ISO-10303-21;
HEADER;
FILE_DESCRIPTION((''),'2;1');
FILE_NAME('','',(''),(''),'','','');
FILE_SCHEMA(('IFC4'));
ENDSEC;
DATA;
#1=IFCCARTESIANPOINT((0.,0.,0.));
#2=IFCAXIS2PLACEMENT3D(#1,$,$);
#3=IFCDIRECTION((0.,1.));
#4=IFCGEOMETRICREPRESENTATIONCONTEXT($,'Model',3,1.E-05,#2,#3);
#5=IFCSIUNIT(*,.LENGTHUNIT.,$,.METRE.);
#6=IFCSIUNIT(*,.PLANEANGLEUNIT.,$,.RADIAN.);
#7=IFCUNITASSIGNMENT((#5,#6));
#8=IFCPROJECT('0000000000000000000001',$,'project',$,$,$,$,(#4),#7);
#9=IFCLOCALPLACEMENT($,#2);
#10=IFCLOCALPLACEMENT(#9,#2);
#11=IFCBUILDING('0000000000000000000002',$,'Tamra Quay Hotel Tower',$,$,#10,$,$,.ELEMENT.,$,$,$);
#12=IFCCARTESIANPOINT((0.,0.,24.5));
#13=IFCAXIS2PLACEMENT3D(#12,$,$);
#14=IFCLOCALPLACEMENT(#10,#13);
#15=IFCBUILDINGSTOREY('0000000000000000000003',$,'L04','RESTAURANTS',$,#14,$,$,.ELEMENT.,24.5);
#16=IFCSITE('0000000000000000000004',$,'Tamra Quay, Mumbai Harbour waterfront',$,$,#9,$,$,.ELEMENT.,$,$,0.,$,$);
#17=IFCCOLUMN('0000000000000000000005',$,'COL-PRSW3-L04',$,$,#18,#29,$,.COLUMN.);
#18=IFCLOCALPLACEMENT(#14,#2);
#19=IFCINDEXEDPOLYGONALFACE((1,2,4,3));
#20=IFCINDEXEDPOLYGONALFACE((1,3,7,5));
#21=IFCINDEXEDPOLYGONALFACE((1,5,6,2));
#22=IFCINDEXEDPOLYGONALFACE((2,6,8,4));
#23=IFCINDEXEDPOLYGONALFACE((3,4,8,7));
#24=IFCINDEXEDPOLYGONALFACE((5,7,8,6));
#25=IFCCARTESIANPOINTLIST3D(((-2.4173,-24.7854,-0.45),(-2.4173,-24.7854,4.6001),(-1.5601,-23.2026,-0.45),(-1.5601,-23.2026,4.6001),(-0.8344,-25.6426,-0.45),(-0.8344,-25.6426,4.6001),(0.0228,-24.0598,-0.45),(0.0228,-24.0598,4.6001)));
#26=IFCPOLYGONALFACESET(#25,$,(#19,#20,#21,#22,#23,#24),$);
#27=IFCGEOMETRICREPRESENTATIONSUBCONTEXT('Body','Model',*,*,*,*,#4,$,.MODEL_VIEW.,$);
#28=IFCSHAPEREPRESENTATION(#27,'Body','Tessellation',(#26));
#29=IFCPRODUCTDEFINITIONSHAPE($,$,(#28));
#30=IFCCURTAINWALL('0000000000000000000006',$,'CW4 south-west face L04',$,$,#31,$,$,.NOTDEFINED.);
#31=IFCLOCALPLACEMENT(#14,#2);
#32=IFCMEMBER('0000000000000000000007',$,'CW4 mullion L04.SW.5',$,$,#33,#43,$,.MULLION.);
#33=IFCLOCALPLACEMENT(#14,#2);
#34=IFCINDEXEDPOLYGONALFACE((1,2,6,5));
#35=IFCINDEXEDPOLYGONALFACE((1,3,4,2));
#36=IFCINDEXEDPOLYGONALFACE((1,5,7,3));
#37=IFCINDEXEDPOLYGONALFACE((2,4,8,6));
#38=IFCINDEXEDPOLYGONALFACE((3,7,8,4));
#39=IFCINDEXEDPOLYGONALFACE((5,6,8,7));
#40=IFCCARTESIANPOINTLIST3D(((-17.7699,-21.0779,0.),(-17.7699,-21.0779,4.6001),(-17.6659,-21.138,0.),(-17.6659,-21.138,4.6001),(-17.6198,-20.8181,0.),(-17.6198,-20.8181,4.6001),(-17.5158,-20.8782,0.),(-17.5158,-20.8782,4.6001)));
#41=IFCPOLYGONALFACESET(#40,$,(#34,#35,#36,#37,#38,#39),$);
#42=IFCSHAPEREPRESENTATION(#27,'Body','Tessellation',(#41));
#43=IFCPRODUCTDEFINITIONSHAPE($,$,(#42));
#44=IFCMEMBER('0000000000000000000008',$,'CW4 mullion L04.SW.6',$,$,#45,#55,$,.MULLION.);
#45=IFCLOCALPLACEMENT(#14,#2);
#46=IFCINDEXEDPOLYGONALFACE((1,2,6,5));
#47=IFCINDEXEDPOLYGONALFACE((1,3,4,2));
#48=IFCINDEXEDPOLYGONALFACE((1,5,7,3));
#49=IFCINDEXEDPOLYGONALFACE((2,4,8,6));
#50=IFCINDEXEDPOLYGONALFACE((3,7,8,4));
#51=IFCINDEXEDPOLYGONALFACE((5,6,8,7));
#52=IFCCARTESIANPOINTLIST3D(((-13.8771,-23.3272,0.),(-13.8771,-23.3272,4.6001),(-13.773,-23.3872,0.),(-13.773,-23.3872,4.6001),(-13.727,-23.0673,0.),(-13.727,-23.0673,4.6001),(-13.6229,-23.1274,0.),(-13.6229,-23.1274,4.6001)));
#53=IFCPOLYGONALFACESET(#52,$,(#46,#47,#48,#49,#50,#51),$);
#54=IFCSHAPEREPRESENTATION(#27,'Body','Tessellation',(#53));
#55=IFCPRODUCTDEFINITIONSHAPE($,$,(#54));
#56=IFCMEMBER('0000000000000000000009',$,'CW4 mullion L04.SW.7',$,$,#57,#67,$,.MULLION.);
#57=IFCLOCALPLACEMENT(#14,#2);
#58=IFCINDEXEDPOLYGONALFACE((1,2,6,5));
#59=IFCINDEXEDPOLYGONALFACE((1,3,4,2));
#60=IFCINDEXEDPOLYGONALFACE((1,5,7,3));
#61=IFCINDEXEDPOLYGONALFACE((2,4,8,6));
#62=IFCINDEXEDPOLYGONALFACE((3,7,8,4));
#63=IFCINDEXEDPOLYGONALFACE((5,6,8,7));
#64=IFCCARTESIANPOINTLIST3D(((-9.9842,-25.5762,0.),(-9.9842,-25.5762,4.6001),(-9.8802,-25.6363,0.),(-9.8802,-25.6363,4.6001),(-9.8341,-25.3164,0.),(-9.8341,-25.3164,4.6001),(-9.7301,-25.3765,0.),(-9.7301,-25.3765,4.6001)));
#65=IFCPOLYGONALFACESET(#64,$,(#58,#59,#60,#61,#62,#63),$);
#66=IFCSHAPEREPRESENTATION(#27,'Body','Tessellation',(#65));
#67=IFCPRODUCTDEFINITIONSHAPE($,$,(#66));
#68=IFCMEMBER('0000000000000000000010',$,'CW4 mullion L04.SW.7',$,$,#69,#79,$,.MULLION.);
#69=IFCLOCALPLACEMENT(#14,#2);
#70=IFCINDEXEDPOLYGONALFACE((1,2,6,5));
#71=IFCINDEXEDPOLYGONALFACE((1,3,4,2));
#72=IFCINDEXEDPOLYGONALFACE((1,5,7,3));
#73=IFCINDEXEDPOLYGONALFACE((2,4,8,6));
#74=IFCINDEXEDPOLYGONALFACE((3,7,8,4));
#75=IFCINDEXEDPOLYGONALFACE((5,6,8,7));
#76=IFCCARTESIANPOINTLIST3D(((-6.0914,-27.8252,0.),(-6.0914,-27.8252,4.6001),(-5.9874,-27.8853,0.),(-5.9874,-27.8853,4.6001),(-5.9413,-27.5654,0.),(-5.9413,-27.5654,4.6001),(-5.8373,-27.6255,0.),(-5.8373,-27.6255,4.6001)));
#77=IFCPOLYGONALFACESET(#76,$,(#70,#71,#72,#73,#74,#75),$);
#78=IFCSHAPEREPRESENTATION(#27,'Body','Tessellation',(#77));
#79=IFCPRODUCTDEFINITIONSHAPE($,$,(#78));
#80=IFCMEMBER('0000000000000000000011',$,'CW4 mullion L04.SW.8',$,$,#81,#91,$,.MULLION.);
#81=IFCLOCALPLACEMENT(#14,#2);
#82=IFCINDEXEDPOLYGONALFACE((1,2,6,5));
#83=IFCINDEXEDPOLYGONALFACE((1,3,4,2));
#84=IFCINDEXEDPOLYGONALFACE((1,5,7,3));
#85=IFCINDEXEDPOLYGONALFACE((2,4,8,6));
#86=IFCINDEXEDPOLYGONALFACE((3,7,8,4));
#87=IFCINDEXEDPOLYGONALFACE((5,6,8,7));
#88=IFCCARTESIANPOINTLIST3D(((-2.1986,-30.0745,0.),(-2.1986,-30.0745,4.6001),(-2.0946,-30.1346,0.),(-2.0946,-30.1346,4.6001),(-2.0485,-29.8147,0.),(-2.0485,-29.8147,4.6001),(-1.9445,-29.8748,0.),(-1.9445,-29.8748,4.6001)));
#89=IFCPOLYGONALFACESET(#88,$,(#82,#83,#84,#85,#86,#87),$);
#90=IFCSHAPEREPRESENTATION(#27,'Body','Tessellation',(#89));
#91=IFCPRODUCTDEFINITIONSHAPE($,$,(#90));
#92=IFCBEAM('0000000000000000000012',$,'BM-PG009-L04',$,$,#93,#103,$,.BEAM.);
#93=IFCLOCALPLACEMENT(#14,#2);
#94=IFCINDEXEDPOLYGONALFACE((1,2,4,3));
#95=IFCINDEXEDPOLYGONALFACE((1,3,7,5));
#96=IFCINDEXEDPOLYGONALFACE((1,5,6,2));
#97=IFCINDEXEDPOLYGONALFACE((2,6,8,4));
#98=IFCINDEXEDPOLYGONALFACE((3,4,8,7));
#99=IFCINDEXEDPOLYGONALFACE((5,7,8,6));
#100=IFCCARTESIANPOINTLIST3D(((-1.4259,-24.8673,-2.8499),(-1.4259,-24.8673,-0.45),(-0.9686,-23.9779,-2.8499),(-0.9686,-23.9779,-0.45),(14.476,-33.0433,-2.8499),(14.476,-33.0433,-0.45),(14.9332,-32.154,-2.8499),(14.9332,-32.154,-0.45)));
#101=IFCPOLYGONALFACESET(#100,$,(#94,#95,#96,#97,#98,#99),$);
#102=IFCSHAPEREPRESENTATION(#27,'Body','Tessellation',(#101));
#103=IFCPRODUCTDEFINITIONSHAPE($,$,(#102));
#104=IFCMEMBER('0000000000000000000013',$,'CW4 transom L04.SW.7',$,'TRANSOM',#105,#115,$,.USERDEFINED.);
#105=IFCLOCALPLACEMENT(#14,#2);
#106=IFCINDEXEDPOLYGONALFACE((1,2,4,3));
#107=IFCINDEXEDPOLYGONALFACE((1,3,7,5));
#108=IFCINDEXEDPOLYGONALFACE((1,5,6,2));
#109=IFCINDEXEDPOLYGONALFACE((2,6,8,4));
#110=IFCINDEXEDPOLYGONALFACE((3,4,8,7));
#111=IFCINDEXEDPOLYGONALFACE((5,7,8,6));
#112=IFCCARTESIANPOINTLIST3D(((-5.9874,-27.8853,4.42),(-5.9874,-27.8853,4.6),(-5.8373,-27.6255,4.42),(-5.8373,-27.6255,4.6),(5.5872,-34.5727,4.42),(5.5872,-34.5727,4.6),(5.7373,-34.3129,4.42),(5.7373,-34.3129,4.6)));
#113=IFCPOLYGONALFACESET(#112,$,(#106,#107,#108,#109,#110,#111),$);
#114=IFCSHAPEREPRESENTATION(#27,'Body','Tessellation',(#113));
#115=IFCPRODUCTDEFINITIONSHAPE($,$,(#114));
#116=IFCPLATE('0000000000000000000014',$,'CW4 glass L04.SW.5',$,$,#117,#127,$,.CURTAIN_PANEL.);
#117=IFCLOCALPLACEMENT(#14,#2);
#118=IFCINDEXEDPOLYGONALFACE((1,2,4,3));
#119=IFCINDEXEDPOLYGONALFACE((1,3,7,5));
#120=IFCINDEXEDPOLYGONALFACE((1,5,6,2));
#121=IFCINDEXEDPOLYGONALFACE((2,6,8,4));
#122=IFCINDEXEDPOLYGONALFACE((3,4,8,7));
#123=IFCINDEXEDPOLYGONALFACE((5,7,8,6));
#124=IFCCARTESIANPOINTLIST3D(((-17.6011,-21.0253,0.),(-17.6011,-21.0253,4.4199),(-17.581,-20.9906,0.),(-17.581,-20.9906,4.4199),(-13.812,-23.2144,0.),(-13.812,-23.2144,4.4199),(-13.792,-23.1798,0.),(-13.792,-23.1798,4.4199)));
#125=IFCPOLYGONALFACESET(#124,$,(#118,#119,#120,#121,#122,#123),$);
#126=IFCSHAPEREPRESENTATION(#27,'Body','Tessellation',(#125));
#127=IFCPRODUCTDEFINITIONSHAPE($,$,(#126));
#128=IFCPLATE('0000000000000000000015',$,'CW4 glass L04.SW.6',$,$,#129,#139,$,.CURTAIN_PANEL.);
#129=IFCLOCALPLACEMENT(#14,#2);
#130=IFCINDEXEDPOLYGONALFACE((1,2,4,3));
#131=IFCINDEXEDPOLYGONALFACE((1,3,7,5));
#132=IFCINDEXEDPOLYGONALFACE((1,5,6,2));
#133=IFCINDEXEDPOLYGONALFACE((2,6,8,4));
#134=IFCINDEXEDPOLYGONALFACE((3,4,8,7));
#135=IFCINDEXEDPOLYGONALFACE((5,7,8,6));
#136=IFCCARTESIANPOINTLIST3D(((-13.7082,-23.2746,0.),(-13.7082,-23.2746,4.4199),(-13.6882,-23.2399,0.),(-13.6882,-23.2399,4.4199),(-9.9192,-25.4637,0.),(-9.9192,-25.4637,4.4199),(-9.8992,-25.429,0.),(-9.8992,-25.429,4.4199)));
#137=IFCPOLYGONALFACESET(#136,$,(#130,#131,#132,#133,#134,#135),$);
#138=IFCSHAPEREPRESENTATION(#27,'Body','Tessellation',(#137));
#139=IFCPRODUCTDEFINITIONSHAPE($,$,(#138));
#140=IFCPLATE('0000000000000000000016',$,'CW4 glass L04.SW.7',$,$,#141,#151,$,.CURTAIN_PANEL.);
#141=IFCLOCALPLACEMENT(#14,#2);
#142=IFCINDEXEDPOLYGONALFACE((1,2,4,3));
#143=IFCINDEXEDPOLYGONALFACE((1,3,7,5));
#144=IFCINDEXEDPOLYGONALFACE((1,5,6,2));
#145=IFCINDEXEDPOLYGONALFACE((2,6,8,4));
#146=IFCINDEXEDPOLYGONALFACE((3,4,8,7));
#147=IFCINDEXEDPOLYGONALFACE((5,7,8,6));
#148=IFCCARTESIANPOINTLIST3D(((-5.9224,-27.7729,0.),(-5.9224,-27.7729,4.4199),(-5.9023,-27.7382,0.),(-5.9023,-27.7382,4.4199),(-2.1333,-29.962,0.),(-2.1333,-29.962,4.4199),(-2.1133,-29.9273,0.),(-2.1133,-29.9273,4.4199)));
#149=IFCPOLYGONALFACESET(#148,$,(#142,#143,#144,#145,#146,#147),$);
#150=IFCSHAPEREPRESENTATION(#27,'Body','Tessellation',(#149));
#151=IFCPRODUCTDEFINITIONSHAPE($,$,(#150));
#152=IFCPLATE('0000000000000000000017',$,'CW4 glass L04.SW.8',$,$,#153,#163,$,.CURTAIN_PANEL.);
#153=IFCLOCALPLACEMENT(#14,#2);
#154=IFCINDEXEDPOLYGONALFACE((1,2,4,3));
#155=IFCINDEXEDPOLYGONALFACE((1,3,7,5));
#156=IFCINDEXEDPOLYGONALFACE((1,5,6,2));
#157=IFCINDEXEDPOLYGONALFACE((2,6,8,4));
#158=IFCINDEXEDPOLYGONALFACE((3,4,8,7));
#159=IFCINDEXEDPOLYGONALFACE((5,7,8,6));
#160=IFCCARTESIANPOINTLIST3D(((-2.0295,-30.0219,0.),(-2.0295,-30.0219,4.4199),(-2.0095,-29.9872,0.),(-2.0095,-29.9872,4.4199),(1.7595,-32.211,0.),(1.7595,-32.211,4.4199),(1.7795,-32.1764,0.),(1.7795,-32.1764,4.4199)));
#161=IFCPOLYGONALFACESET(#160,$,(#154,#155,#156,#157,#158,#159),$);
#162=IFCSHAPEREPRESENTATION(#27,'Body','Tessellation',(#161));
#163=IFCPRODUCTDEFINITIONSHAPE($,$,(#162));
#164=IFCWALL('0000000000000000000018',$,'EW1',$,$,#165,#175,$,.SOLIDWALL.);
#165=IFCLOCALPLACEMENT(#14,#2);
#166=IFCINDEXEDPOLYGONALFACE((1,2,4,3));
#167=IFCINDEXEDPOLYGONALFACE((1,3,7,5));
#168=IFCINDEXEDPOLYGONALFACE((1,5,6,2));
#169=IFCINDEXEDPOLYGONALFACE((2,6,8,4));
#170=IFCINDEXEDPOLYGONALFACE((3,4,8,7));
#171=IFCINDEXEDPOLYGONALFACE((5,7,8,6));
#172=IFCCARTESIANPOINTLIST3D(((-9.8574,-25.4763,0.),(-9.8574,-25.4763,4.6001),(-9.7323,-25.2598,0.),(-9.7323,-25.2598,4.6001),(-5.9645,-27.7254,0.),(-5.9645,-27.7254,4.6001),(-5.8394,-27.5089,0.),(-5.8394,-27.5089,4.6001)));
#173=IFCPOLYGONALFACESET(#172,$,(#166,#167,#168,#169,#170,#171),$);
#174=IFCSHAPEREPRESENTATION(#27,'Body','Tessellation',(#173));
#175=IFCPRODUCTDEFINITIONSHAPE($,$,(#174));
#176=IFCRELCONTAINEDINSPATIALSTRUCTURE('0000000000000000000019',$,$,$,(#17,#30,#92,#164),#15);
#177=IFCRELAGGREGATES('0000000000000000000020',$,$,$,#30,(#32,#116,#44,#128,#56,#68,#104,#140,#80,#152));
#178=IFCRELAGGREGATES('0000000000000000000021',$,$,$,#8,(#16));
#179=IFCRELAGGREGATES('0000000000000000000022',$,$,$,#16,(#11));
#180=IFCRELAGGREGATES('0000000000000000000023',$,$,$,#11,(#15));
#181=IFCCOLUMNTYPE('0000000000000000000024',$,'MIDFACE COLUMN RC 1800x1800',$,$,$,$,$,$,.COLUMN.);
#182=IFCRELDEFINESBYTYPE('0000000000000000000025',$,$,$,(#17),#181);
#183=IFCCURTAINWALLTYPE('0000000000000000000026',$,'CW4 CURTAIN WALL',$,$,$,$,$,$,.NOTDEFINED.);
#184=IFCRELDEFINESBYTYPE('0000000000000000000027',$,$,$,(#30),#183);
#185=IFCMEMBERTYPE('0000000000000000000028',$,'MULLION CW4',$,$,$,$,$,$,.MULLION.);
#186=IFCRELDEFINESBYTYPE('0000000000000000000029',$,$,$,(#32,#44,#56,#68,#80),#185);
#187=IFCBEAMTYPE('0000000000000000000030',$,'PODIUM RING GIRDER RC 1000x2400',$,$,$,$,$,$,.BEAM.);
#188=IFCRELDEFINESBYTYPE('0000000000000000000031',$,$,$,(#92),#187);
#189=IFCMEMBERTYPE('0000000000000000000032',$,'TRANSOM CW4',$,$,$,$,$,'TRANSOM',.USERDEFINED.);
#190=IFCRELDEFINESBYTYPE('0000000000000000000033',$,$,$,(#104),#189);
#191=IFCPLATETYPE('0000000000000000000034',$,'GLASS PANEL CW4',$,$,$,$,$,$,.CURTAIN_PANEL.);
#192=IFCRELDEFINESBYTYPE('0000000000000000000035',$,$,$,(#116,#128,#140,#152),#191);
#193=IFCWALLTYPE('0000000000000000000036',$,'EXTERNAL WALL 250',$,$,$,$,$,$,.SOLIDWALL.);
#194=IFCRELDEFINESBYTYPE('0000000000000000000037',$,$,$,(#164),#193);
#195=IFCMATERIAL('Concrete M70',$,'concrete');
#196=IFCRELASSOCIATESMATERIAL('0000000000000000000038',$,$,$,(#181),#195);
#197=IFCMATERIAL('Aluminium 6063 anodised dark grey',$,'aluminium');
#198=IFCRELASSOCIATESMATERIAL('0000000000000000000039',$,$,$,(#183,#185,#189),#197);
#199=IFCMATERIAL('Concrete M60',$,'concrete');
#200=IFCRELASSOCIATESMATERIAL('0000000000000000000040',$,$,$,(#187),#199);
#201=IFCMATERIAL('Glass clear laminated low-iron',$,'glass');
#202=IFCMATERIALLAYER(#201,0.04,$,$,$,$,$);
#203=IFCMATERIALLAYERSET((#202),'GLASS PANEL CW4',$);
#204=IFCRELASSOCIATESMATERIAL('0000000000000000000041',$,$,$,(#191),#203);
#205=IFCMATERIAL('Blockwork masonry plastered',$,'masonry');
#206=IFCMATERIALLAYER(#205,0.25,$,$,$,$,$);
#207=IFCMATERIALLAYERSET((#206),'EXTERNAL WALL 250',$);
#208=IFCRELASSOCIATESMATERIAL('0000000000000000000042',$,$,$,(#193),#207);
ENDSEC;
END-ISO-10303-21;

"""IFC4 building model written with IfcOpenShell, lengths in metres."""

from ifc_helpers import new_model, si_unit, direction, frame, frame_2d, origin, origin_2d, place, context, subcontext, project, spatial, rectangle, extrude, material, layer, layer_set, material_profile, profile_set, type_object, element, aggregate, save


model = new_model("IFC4")

# Units and contexts
model_context = context("Model", 3, precision=1e-05, world=origin(), true_north=direction((0.0, 1.0)))
body_context = subcontext(model_context, "Body", "Model", "MODEL_VIEW")
ifc_project = project(units=[si_unit("LENGTHUNIT", "METRE"), si_unit("PLANEANGLEUNIT", "RADIAN")], contexts=[model_context])

# Site, building, storey
site_placement = place(None, origin())
site = spatial("IfcSite", under=ifc_project, at=site_placement, Name="Tamra Quay, Mumbai Harbour waterfront", CompositionType="ELEMENT", RefElevation=0.0)
building_placement = place(site_placement, origin())
building = spatial("IfcBuilding", under=site, at=building_placement, Name="Tamra Quay Hotel Tower", CompositionType="ELEMENT")
storey_placement = place(building_placement, frame((0.0, 0.0, 24.5)))
storey = spatial("IfcBuildingStorey", under=building, at=storey_placement, Name="L04", Description="RESTAURANTS", CompositionType="ELEMENT", Elevation=24.5)

# Column
ifc_material_1 = material(Name="Concrete M70", Category="concrete")
ifc_material_profile_1 = material_profile(ifc_material_1, rectangle(XDim=1.8, YDim=1.8, at=origin_2d()), Name="MIDFACE COLUMN RC 1800x1800")
ifc_profile_set_1 = profile_set([ifc_material_profile_1], Name="Concrete M70")
column_type = type_object("IfcColumnType", Name="MIDFACE COLUMN RC 1800x1800", PredefinedType="COLUMN", material=ifc_profile_set_1)
column_placement = place(storey_placement, frame((-1.1973, -24.4226, -0.45), z_axis=(0.0, 0.0, 1.0), x_axis=(0.476198, 0.879338, 0.0)))
element("IfcColumn", 1, at=column_placement, inside=storey, type_object=column_type, Name="COL-PRSW3-L04", PredefinedType="COLUMN", context=body_context, shape_type="SweptSolid", body=[
    extrude(rectangle(XDim=1.8, YDim=1.8, at=origin_2d()), origin(), (0.0, 0.0, 1.0), 5.05),
])

# Curtain wall, members
ifc_material_2 = material(Name="Aluminium 6063 anodised dark grey", Category="aluminium")
curtain_wall_type = type_object("IfcCurtainWallType", Name="CW4 CURTAIN WALL", PredefinedType="NOTDEFINED", material=ifc_material_2)
curtain_wall_placement = place(storey_placement, origin())
curtain_wall = element("IfcCurtainWall", 2, at=curtain_wall_placement, inside=storey, type_object=curtain_wall_type, Name="CW4 south-west face L04", PredefinedType="NOTDEFINED")
ifc_material_profile_2 = material_profile(ifc_material_2, rectangle(XDim=0.3, YDim=0.1201, at=origin_2d()), Name="MULLION 120X300")
ifc_profile_set_2 = profile_set([ifc_material_profile_2], Name="Aluminium 6063 anodised dark grey")
member_type_1 = type_object("IfcMemberType", Name="MULLION CW4", PredefinedType="MULLION", material=ifc_profile_set_2)
member_1_placement = place(storey_placement, frame((-17.6428, -20.978, 0.0), z_axis=(0.0, 0.0, 1.0), x_axis=(-0.500265, -0.865872, 0.0)))
member_1 = element("IfcMember", 3, at=member_1_placement, type_object=member_type_1, Name="CW4 mullion L04.SW.5", PredefinedType="MULLION", context=body_context, shape_type="SweptSolid", body=[
    extrude(rectangle(XDim=0.3, YDim=0.1201, at=origin_2d()), origin(), (0.0, 0.0, 1.0), 4.6001),
])
member_2_placement = place(storey_placement, frame((-13.75, -23.2273, 0.0), z_axis=(0.0, 0.0, 1.0), x_axis=(-0.500265, -0.865872, 0.0)))
member_2 = element("IfcMember", 4, at=member_2_placement, type_object=member_type_1, Name="CW4 mullion L04.SW.6", PredefinedType="MULLION", context=body_context, shape_type="SweptSolid", body=[
    extrude(rectangle(XDim=0.3, YDim=0.1201, at=origin_2d()), origin(), (0.0, 0.0, 1.0), 4.6001),
])
member_3_placement = place(storey_placement, frame((-9.8572, -25.4763, 0.0), z_axis=(0.0, 0.0, 1.0), x_axis=(-0.500265, -0.865872, 0.0)))
member_3 = element("IfcMember", 5, at=member_3_placement, type_object=member_type_1, Name="CW4 mullion L04.SW.7", PredefinedType="MULLION", context=body_context, shape_type="SweptSolid", body=[
    extrude(rectangle(XDim=0.3, YDim=0.1201, at=origin_2d()), origin(), (0.0, 0.0, 1.0), 4.6001),
])
member_4_placement = place(storey_placement, frame((-5.9644, -27.7253, 0.0), z_axis=(0.0, 0.0, 1.0), x_axis=(-0.500265, -0.865872, 0.0)))
member_4 = element("IfcMember", 6, at=member_4_placement, type_object=member_type_1, Name="CW4 mullion L04.SW.7", PredefinedType="MULLION", context=body_context, shape_type="SweptSolid", body=[
    extrude(rectangle(XDim=0.3, YDim=0.1201, at=origin_2d()), origin(), (0.0, 0.0, 1.0), 4.6001),
])
member_5_placement = place(storey_placement, frame((-2.0715, -29.9746, 0.0), z_axis=(0.0, 0.0, 1.0), x_axis=(-0.500265, -0.865872, 0.0)))
member_5 = element("IfcMember", 7, at=member_5_placement, type_object=member_type_1, Name="CW4 mullion L04.SW.8", PredefinedType="MULLION", context=body_context, shape_type="SweptSolid", body=[
    extrude(rectangle(XDim=0.3, YDim=0.1201, at=origin_2d()), origin(), (0.0, 0.0, 1.0), 4.6001),
])

# Beam
ifc_material_3 = material(Name="Concrete M60", Category="concrete")
ifc_material_profile_3 = material_profile(ifc_material_3, rectangle(XDim=1.0, YDim=2.3999, at=origin_2d()), Name="PODIUM RING GIRDER RC 1000x2400")
ifc_profile_set_3 = profile_set([ifc_material_profile_3], Name="Concrete M60")
beam_type = type_object("IfcBeamType", Name="PODIUM RING GIRDER RC 1000x2400", PredefinedType="BEAM", material=ifc_profile_set_3)
beam_placement = place(storey_placement, frame((-1.1973, -24.4226, -1.6499), z_axis=(0.889335, -0.457256, 0.0), x_axis=(0.457256, 0.889335, 0.0)))
element("IfcBeam", 8, at=beam_placement, inside=storey, type_object=beam_type, Name="BM-PG009-L04", PredefinedType="BEAM", context=body_context, shape_type="SweptSolid", body=[
    extrude(rectangle(XDim=1.0, YDim=2.3999, at=origin_2d()), origin(), (0.0, 0.0, 1.0), 17.8806),
])

# Member
ifc_material_profile_4 = material_profile(ifc_material_2, rectangle(XDim=0.3, YDim=0.1799, at=origin_2d()), Name="TRANSOM 300X180")
ifc_profile_set_4 = profile_set([ifc_material_profile_4], Name="Aluminium 6063 anodised dark grey")
member_type_2 = type_object("IfcMemberType", Name="TRANSOM CW4", ElementType="TRANSOM", PredefinedType="USERDEFINED", material=ifc_profile_set_4)
member_6_placement = place(storey_placement, frame((-5.9124, -27.7554, 4.51), z_axis=(0.865869, -0.500272, 0.0), x_axis=(0.500272, 0.865869, 0.0)))
member_6 = element("IfcMember", 9, at=member_6_placement, type_object=member_type_2, Name="CW4 transom L04.SW.7", ObjectType="TRANSOM", PredefinedType="USERDEFINED", context=body_context, shape_type="SweptSolid", body=[
    extrude(rectangle(XDim=0.3, YDim=0.1799, at=origin_2d()), origin(), (0.0, 0.0, 1.0), 13.3677),
])

# Plates
ifc_material_4 = material(Name="Glass clear laminated low-iron", Category="glass")
ifc_layer_1 = layer(ifc_material_4, 0.04)
ifc_layer_set_1 = layer_set([ifc_layer_1], Name="GLASS PANEL CW4")
plate_type = type_object("IfcPlateType", Name="GLASS PANEL CW4", PredefinedType="CURTAIN_PANEL", material=ifc_layer_set_1)
plate_1_placement = place(storey_placement, frame((-15.6965, -22.1025, 0.0), z_axis=(0.0, 0.0, 1.0), x_axis=(0.865872, -0.500265, 0.0)))
plate_1 = element("IfcPlate", 10, at=plate_1_placement, type_object=plate_type, Name="CW4 glass L04.SW.5", PredefinedType="CURTAIN_PANEL", context=body_context, shape_type="SweptSolid", body=[
    extrude(rectangle(XDim=4.376, YDim=0.04, at=origin_2d()), origin(), (0.0, 0.0, 1.0), 4.4199),
])
plate_2_placement = place(storey_placement, frame((-11.8037, -24.3518, 0.0), z_axis=(0.0, 0.0, 1.0), x_axis=(0.865872, -0.500265, 0.0)))
plate_2 = element("IfcPlate", 11, at=plate_2_placement, type_object=plate_type, Name="CW4 glass L04.SW.6", PredefinedType="CURTAIN_PANEL", context=body_context, shape_type="SweptSolid", body=[
    extrude(rectangle(XDim=4.376, YDim=0.04, at=origin_2d()), origin(), (0.0, 0.0, 1.0), 4.4199),
])
plate_3_placement = place(storey_placement, frame((-4.0178, -28.8501, 0.0), z_axis=(0.0, 0.0, 1.0), x_axis=(0.865872, -0.500265, 0.0)))
plate_3 = element("IfcPlate", 12, at=plate_3_placement, type_object=plate_type, Name="CW4 glass L04.SW.7", PredefinedType="CURTAIN_PANEL", context=body_context, shape_type="SweptSolid", body=[
    extrude(rectangle(XDim=4.376, YDim=0.04, at=origin_2d()), origin(), (0.0, 0.0, 1.0), 4.4199),
])
plate_4_placement = place(storey_placement, frame((-0.125, -31.0991, 0.0), z_axis=(0.0, 0.0, 1.0), x_axis=(0.865872, -0.500265, 0.0)))
plate_4 = element("IfcPlate", 13, at=plate_4_placement, type_object=plate_type, Name="CW4 glass L04.SW.8", PredefinedType="CURTAIN_PANEL", context=body_context, shape_type="SweptSolid", body=[
    extrude(rectangle(XDim=4.376, YDim=0.04, at=origin_2d()), origin(), (0.0, 0.0, 1.0), 4.4199),
])
aggregate(curtain_wall, [member_1, plate_1, member_2, plate_2, member_3, member_4, member_6, plate_3, member_5, plate_4])

# Wall
ifc_material_5 = material(Name="Blockwork masonry plastered", Category="masonry")
ifc_layer_2 = layer(ifc_material_5, 0.25)
ifc_layer_set_2 = layer_set([ifc_layer_2], Name="EXTERNAL WALL 250")
wall_type_1 = type_object("IfcWallType", Name="EXTERNAL WALL 250", PredefinedType="SOLIDWALL", material=ifc_layer_set_2)
wall_1_placement = place(storey_placement, frame((-5.9019, -27.6172, 0.0), z_axis=(0.0, 0.0, 1.0), x_axis=(-0.865881, 0.50025, 0.0)))
element("IfcWall", 14, at=wall_1_placement, inside=storey, type_object=wall_type_1, Name="EW1", PredefinedType="SOLIDWALL", context=body_context, shape_type="SweptSolid", body=[
    extrude(rectangle(XDim=4.4958, YDim=0.25, at=frame_2d((2.248, 0.0))), origin(), (0.0, 0.0, 1.0), 4.6001),
])

save(model, "model.ifc")
